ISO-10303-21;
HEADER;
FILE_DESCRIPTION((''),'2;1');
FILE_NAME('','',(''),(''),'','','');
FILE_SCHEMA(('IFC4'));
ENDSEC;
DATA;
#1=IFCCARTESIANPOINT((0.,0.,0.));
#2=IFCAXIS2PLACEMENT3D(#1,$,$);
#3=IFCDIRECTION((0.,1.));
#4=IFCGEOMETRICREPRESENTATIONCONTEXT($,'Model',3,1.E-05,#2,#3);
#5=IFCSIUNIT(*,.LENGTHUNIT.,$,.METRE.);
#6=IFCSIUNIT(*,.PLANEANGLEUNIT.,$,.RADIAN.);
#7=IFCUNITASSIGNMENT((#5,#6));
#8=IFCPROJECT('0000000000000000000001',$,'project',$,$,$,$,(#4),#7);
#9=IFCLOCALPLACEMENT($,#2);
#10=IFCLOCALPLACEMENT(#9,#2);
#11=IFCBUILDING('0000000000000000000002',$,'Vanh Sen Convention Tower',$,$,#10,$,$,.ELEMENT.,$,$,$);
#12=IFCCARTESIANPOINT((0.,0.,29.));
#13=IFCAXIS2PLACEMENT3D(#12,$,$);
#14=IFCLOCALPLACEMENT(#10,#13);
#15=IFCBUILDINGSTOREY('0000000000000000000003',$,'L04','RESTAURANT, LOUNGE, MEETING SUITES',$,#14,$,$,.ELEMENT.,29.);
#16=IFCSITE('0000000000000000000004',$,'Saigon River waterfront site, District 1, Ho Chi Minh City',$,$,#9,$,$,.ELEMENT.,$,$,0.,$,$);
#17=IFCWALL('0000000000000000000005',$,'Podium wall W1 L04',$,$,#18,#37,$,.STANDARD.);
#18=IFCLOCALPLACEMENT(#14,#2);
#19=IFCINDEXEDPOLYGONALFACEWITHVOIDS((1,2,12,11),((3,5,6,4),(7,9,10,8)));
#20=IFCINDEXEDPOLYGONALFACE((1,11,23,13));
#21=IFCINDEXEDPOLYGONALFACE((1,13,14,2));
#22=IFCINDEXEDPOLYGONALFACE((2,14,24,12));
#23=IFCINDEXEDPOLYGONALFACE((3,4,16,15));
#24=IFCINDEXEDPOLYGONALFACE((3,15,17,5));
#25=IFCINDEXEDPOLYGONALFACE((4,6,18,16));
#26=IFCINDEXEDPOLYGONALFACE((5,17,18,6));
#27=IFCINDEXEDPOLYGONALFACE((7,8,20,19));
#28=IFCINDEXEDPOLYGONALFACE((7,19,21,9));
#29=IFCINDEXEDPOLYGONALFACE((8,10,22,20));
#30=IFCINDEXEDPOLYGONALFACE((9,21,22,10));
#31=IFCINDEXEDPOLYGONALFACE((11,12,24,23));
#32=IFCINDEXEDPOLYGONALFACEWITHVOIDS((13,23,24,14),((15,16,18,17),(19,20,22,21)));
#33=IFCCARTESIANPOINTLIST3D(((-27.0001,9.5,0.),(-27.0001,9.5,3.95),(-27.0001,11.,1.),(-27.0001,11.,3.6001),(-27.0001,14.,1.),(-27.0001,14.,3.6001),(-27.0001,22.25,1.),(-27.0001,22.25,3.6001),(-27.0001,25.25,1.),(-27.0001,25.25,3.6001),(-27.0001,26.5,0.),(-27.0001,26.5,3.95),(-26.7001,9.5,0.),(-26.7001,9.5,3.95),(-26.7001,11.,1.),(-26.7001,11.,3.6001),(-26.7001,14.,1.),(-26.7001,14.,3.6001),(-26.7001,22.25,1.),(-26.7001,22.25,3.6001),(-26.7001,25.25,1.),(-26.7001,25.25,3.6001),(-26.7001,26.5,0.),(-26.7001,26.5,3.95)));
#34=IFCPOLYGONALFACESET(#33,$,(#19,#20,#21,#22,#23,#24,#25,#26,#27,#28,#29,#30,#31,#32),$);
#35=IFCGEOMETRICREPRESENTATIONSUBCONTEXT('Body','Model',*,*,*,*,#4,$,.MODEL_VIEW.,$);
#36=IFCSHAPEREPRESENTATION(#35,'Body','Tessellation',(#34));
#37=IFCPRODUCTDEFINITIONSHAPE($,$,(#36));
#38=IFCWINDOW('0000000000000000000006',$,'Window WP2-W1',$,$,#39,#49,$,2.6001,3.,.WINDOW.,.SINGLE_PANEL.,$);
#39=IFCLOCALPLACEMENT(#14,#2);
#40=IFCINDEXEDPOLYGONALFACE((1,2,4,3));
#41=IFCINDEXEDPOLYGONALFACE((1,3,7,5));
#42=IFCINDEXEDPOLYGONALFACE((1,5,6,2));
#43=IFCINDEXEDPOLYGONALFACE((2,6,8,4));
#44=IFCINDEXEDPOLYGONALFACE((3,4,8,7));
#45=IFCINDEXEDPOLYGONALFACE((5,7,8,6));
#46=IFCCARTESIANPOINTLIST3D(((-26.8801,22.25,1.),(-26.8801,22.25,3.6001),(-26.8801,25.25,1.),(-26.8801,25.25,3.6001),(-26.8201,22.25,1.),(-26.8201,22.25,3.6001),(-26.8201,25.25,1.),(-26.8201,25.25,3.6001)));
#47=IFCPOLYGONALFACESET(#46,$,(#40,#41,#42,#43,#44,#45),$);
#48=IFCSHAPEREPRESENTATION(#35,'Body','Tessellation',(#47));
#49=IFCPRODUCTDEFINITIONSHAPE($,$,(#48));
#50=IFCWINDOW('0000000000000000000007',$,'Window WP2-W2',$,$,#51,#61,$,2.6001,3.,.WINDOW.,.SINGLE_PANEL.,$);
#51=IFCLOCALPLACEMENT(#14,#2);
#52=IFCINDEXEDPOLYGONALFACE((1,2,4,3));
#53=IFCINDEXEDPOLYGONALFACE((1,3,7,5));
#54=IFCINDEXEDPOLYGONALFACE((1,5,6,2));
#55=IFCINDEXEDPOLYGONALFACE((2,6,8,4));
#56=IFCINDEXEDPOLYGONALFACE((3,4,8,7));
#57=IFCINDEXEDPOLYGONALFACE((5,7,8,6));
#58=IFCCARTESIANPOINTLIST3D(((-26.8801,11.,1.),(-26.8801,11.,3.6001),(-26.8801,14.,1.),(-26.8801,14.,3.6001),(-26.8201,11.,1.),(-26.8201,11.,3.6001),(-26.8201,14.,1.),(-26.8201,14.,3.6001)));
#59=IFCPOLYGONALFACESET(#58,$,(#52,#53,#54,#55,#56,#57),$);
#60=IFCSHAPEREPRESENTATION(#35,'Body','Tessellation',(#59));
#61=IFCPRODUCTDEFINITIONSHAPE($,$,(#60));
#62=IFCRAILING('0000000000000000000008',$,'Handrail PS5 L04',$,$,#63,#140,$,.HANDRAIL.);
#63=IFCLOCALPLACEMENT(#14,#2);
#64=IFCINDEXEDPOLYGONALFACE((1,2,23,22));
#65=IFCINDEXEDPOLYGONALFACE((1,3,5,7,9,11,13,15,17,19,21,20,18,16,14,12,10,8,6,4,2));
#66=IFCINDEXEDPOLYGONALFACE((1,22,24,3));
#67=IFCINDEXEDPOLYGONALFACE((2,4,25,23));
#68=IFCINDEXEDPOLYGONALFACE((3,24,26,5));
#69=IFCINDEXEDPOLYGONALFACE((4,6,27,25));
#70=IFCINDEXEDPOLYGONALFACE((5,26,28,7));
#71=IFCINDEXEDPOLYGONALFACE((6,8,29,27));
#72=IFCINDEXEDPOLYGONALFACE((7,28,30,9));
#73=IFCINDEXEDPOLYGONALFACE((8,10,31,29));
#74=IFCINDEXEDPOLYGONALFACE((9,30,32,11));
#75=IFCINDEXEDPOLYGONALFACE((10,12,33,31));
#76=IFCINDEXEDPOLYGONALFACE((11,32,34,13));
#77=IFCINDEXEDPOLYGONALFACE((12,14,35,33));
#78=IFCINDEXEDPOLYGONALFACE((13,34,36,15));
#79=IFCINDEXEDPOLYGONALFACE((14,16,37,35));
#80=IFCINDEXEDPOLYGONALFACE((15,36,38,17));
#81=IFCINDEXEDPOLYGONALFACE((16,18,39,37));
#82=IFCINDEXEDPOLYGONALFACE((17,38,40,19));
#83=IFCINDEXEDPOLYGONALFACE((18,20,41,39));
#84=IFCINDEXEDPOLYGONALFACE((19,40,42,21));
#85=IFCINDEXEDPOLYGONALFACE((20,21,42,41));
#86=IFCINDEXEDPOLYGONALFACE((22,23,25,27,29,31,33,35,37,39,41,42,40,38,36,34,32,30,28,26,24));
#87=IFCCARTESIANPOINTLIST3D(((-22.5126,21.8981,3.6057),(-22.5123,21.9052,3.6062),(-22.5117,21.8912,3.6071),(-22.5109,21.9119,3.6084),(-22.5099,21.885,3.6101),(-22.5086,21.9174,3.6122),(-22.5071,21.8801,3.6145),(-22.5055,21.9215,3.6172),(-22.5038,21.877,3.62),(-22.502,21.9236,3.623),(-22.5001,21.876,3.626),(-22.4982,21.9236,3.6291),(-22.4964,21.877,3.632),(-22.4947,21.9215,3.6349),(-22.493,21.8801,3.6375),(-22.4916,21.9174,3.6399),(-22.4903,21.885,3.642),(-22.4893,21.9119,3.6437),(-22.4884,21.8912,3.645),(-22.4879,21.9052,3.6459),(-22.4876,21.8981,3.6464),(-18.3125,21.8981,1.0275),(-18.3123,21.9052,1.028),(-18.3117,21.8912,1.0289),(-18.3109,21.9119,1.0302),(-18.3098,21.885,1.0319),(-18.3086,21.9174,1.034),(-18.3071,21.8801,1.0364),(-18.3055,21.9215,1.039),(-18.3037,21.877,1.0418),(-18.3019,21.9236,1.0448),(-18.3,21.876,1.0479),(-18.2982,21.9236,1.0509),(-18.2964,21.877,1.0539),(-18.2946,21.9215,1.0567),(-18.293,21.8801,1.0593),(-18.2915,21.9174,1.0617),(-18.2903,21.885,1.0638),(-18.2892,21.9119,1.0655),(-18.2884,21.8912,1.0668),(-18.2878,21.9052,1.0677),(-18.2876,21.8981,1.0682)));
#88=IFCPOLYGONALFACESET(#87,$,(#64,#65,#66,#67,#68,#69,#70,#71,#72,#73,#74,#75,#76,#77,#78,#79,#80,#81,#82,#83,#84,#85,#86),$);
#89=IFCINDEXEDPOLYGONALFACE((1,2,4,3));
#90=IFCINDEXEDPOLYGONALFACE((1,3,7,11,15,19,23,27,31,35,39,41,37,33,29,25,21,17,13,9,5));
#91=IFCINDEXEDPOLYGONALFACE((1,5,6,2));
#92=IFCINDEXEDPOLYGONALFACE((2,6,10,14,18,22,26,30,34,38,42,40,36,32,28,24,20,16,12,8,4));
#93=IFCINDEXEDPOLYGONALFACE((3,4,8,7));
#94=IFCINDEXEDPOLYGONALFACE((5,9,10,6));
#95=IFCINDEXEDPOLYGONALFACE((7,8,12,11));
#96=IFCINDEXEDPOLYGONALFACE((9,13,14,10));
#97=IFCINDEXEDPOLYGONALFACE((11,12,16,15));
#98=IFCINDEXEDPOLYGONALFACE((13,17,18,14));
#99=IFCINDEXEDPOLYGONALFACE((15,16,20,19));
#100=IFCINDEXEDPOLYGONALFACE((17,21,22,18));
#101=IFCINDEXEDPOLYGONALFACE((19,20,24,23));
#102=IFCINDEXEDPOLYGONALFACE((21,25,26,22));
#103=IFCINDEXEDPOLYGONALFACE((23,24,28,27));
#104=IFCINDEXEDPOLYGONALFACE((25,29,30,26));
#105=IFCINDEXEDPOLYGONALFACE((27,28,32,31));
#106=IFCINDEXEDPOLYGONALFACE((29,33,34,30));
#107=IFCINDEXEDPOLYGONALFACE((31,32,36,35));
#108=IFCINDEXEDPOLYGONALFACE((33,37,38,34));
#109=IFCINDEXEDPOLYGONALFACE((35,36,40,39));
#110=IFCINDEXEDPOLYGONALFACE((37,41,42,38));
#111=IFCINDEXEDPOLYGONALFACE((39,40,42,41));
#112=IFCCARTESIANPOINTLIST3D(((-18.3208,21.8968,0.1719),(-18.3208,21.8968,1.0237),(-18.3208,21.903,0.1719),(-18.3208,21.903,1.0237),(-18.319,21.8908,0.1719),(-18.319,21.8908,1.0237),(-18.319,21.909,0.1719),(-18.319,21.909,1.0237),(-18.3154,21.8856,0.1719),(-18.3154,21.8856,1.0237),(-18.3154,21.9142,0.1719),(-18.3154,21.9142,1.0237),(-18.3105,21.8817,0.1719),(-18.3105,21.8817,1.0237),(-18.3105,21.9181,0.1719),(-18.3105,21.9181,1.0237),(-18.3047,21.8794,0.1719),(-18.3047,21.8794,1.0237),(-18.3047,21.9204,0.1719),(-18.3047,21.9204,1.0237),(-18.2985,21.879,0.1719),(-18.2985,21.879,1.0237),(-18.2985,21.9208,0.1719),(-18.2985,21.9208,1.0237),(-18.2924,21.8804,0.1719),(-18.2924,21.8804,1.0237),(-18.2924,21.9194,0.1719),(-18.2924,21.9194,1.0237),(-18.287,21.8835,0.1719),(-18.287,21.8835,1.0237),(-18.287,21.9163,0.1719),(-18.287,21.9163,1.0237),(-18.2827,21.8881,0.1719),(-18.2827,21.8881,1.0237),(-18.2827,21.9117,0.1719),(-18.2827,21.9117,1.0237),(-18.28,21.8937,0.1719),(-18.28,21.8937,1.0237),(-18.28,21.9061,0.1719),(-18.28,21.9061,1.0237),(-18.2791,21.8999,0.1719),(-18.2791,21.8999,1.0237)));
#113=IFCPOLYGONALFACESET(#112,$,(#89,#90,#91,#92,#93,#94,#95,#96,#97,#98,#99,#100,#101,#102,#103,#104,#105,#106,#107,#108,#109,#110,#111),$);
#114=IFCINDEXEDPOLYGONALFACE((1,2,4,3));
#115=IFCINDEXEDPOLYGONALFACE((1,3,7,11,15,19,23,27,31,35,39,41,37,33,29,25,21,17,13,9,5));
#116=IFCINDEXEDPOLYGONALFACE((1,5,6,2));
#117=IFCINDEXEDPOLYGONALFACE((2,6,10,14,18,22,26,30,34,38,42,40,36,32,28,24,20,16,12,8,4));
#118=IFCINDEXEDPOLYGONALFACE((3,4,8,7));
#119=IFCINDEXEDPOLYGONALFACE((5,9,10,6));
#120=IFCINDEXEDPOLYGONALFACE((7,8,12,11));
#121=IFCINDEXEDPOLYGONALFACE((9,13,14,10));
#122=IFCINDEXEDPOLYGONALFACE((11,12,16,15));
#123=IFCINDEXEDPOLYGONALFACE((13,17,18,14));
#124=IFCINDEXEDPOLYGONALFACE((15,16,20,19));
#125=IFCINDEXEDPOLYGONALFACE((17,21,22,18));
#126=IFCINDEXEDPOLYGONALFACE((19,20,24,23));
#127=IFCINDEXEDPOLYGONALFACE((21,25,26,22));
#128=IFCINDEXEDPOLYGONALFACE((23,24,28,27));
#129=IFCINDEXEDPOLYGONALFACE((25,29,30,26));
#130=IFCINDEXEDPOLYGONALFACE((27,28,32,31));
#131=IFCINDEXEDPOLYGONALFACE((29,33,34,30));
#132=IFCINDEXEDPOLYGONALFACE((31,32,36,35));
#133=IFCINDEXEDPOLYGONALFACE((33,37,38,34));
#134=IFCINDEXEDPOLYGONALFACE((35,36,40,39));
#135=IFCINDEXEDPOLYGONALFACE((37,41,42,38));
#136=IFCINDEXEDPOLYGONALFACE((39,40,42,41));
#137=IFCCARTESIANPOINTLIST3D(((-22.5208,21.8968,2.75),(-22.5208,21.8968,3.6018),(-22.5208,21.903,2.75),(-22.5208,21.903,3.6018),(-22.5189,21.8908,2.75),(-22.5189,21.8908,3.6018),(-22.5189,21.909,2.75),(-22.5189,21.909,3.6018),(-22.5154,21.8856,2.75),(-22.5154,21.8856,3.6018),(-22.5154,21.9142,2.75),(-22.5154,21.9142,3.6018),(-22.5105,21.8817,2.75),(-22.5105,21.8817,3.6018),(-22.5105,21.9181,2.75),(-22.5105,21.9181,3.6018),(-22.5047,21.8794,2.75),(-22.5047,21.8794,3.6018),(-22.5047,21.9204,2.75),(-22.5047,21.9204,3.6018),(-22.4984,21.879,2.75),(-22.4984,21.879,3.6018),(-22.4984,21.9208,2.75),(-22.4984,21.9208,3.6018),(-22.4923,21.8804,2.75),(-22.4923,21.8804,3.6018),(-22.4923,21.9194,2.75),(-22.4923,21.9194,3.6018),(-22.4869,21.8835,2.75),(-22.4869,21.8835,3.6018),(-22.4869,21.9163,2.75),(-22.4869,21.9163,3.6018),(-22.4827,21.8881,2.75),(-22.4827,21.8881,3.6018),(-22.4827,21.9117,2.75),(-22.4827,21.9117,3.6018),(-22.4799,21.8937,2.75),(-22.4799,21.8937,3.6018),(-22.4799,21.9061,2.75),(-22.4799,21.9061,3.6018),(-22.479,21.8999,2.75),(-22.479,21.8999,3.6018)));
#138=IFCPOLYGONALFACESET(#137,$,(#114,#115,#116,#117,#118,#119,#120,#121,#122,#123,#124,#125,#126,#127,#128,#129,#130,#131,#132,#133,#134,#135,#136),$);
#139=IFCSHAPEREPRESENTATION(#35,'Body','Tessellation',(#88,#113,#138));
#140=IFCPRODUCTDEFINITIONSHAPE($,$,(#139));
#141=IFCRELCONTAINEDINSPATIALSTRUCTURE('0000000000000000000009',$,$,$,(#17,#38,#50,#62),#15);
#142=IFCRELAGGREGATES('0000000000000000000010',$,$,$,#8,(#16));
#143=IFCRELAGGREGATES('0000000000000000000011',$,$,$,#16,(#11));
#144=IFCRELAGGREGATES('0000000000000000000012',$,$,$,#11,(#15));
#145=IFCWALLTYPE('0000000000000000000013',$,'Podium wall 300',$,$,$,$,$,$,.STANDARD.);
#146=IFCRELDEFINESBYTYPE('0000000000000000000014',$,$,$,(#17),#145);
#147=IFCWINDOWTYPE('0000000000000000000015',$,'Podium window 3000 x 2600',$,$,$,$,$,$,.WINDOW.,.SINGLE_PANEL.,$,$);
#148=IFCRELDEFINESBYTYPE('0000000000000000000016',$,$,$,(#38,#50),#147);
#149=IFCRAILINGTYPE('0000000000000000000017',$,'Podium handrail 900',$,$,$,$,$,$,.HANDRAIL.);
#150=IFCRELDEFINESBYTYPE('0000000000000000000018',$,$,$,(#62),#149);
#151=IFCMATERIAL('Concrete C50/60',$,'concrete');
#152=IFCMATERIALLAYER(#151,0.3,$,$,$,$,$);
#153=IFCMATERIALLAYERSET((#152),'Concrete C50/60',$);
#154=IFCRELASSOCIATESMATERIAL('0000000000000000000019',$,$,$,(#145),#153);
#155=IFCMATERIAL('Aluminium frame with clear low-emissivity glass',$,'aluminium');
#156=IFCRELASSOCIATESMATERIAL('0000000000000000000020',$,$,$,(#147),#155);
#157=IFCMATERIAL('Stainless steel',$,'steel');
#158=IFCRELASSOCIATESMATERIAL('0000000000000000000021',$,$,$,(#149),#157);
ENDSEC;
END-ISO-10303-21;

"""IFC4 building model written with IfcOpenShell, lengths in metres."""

from ifc_helpers import new_model, si_unit, direction, frame, frame_2d, origin, origin_2d, place, context, subcontext, project, spatial, rectangle, circle, extrude, material, layer, layer_set, type_object, element, fill, save


model = new_model("IFC4")

# Units and contexts
model_context = context("Model", 3, precision=1e-05, world=origin(), true_north=direction((0.0, 1.0)))
body_context = subcontext(model_context, "Body", "Model", "MODEL_VIEW")
ifc_project = project(units=[si_unit("LENGTHUNIT", "METRE"), si_unit("PLANEANGLEUNIT", "RADIAN")], contexts=[model_context])

# Site, building, storey
site_placement = place(None, origin())
site = spatial("IfcSite", under=ifc_project, at=site_placement, Name="Saigon River waterfront site, District 1, Ho Chi Minh City", CompositionType="ELEMENT", RefElevation=0.0)
building_placement = place(site_placement, origin())
building = spatial("IfcBuilding", under=site, at=building_placement, Name="Vanh Sen Convention Tower", CompositionType="ELEMENT")
storey_placement = place(building_placement, frame((0.0, 0.0, 29.0)))
storey = spatial("IfcBuildingStorey", under=building, at=storey_placement, Name="L04", Description="RESTAURANT, LOUNGE, MEETING SUITES", CompositionType="ELEMENT", Elevation=29.0)

# Wall, openings, windows
ifc_material_1 = material(Name="Concrete C50/60", Category="concrete")
ifc_layer_1 = layer(ifc_material_1, 0.3)
ifc_layer_set_1 = layer_set([ifc_layer_1], Name="Concrete C50/60")
wall_type_1 = type_object("IfcWallType", Name="Podium wall 300", PredefinedType="STANDARD", material=ifc_layer_set_1)
wall_1_placement = place(storey_placement, frame((-26.8501, 26.5, 0.0), z_axis=(0.0, 0.0, 1.0), x_axis=(0.0, -1.0, 0.0)))
wall_1 = element("IfcWall", 1, at=wall_1_placement, inside=storey, type_object=wall_type_1, Name="Podium wall W1 L04", PredefinedType="STANDARD", context=body_context, shape_type="SweptSolid", body=[
    extrude(rectangle(XDim=17.0, YDim=0.3, at=frame_2d((8.5, 0.0))), origin(), (0.0, 0.0, 1.0), 3.95),
])
opening_1_placement = place(wall_1_placement, frame((1.25, 0.0, 1.0)))
opening_1 = element("IfcOpeningElement", 2, at=opening_1_placement, cuts=wall_1, PredefinedType="OPENING", context=body_context, shape_type="SweptSolid", body=[
    extrude(rectangle(XDim=3.0, YDim=2.6001, at=frame_2d((1.5, 1.3))), frame((0.0, 0.1599, 0.0), z_axis=(0.0, -1.0, 0.0), x_axis=(1.0, 0.0, 0.0)), (0.0, 0.0, 1.0), 0.3201),
])
opening_2_placement = place(wall_1_placement, frame((12.5, 0.0, 1.0)))
opening_2 = element("IfcOpeningElement", 3, at=opening_2_placement, cuts=wall_1, PredefinedType="OPENING", context=body_context, shape_type="SweptSolid", body=[
    extrude(rectangle(XDim=3.0, YDim=2.6001, at=frame_2d((1.5, 1.3))), frame((0.0, 0.1599, 0.0), z_axis=(0.0, -1.0, 0.0), x_axis=(1.0, 0.0, 0.0)), (0.0, 0.0, 1.0), 0.3201),
])
ifc_material_2 = material(Name="Aluminium frame with clear low-emissivity glass", Category="aluminium")
window_type = type_object("IfcWindowType", Name="Podium window 3000 x 2600", PartitioningType="SINGLE_PANEL", PredefinedType="WINDOW", material=ifc_material_2)
window_1_placement = place(opening_1_placement, origin())
window_1 = element("IfcWindow", 4, at=window_1_placement, inside=storey, type_object=window_type, Name="Window WP2-W1", OverallHeight=2.6001, OverallWidth=3.0, PartitioningType="SINGLE_PANEL", PredefinedType="WINDOW", context=body_context, shape_type="SweptSolid", body=[
    extrude(rectangle(XDim=3.0, YDim=2.6001, at=frame_2d((1.5, 1.3))), frame((0.0, 0.03, 0.0), z_axis=(0.0, -1.0, 0.0), x_axis=(1.0, 0.0, 0.0)), (0.0, 0.0, 1.0), 0.0601),
])
fill(opening_1, window_1)
window_2_placement = place(opening_2_placement, origin())
window_2 = element("IfcWindow", 5, at=window_2_placement, inside=storey, type_object=window_type, Name="Window WP2-W2", OverallHeight=2.6001, OverallWidth=3.0, PartitioningType="SINGLE_PANEL", PredefinedType="WINDOW", context=body_context, shape_type="SweptSolid", body=[
    extrude(rectangle(XDim=3.0, YDim=2.6001, at=frame_2d((1.5, 1.3))), frame((0.0, 0.03, 0.0), z_axis=(0.0, -1.0, 0.0), x_axis=(1.0, 0.0, 0.0)), (0.0, 0.0, 1.0), 0.0601),
])
fill(opening_2, window_2)

# Railing
ifc_material_3 = material(Name="Stainless steel", Category="steel")
railing_type = type_object("IfcRailingType", Name="Podium handrail 900", PredefinedType="HANDRAIL", material=ifc_material_3)
for number, where, name in (
    (6, (-18.3, 21.8999, 0.1719), "Handrail PS5 L04"),
):
    element("IfcRailing", number, at=place(storey_placement, frame(where)), inside=storey, type_object=railing_type, Name=name, PredefinedType="HANDRAIL", context=body_context, shape_type="SweptSolid", body=[
        extrude(circle(Radius=0.0239, at=origin_2d()), frame((0.0, 0.0, 0.876), z_axis=(-0.852243, 0.0, 0.523146), x_axis=(0.0, -1.0, 0.0)), (0.0, 0.0, 1.0), 4.9282),
        extrude(circle(Radius=0.021, at=origin_2d()), origin(), (0.0, 0.0, 1.0), 0.8518),
        extrude(circle(Radius=0.021, at=origin_2d()), frame((-4.2, 0.0, 2.5781)), (0.0, 0.0, 1.0), 0.8518),
    ])

save(model, "model.ifc")
